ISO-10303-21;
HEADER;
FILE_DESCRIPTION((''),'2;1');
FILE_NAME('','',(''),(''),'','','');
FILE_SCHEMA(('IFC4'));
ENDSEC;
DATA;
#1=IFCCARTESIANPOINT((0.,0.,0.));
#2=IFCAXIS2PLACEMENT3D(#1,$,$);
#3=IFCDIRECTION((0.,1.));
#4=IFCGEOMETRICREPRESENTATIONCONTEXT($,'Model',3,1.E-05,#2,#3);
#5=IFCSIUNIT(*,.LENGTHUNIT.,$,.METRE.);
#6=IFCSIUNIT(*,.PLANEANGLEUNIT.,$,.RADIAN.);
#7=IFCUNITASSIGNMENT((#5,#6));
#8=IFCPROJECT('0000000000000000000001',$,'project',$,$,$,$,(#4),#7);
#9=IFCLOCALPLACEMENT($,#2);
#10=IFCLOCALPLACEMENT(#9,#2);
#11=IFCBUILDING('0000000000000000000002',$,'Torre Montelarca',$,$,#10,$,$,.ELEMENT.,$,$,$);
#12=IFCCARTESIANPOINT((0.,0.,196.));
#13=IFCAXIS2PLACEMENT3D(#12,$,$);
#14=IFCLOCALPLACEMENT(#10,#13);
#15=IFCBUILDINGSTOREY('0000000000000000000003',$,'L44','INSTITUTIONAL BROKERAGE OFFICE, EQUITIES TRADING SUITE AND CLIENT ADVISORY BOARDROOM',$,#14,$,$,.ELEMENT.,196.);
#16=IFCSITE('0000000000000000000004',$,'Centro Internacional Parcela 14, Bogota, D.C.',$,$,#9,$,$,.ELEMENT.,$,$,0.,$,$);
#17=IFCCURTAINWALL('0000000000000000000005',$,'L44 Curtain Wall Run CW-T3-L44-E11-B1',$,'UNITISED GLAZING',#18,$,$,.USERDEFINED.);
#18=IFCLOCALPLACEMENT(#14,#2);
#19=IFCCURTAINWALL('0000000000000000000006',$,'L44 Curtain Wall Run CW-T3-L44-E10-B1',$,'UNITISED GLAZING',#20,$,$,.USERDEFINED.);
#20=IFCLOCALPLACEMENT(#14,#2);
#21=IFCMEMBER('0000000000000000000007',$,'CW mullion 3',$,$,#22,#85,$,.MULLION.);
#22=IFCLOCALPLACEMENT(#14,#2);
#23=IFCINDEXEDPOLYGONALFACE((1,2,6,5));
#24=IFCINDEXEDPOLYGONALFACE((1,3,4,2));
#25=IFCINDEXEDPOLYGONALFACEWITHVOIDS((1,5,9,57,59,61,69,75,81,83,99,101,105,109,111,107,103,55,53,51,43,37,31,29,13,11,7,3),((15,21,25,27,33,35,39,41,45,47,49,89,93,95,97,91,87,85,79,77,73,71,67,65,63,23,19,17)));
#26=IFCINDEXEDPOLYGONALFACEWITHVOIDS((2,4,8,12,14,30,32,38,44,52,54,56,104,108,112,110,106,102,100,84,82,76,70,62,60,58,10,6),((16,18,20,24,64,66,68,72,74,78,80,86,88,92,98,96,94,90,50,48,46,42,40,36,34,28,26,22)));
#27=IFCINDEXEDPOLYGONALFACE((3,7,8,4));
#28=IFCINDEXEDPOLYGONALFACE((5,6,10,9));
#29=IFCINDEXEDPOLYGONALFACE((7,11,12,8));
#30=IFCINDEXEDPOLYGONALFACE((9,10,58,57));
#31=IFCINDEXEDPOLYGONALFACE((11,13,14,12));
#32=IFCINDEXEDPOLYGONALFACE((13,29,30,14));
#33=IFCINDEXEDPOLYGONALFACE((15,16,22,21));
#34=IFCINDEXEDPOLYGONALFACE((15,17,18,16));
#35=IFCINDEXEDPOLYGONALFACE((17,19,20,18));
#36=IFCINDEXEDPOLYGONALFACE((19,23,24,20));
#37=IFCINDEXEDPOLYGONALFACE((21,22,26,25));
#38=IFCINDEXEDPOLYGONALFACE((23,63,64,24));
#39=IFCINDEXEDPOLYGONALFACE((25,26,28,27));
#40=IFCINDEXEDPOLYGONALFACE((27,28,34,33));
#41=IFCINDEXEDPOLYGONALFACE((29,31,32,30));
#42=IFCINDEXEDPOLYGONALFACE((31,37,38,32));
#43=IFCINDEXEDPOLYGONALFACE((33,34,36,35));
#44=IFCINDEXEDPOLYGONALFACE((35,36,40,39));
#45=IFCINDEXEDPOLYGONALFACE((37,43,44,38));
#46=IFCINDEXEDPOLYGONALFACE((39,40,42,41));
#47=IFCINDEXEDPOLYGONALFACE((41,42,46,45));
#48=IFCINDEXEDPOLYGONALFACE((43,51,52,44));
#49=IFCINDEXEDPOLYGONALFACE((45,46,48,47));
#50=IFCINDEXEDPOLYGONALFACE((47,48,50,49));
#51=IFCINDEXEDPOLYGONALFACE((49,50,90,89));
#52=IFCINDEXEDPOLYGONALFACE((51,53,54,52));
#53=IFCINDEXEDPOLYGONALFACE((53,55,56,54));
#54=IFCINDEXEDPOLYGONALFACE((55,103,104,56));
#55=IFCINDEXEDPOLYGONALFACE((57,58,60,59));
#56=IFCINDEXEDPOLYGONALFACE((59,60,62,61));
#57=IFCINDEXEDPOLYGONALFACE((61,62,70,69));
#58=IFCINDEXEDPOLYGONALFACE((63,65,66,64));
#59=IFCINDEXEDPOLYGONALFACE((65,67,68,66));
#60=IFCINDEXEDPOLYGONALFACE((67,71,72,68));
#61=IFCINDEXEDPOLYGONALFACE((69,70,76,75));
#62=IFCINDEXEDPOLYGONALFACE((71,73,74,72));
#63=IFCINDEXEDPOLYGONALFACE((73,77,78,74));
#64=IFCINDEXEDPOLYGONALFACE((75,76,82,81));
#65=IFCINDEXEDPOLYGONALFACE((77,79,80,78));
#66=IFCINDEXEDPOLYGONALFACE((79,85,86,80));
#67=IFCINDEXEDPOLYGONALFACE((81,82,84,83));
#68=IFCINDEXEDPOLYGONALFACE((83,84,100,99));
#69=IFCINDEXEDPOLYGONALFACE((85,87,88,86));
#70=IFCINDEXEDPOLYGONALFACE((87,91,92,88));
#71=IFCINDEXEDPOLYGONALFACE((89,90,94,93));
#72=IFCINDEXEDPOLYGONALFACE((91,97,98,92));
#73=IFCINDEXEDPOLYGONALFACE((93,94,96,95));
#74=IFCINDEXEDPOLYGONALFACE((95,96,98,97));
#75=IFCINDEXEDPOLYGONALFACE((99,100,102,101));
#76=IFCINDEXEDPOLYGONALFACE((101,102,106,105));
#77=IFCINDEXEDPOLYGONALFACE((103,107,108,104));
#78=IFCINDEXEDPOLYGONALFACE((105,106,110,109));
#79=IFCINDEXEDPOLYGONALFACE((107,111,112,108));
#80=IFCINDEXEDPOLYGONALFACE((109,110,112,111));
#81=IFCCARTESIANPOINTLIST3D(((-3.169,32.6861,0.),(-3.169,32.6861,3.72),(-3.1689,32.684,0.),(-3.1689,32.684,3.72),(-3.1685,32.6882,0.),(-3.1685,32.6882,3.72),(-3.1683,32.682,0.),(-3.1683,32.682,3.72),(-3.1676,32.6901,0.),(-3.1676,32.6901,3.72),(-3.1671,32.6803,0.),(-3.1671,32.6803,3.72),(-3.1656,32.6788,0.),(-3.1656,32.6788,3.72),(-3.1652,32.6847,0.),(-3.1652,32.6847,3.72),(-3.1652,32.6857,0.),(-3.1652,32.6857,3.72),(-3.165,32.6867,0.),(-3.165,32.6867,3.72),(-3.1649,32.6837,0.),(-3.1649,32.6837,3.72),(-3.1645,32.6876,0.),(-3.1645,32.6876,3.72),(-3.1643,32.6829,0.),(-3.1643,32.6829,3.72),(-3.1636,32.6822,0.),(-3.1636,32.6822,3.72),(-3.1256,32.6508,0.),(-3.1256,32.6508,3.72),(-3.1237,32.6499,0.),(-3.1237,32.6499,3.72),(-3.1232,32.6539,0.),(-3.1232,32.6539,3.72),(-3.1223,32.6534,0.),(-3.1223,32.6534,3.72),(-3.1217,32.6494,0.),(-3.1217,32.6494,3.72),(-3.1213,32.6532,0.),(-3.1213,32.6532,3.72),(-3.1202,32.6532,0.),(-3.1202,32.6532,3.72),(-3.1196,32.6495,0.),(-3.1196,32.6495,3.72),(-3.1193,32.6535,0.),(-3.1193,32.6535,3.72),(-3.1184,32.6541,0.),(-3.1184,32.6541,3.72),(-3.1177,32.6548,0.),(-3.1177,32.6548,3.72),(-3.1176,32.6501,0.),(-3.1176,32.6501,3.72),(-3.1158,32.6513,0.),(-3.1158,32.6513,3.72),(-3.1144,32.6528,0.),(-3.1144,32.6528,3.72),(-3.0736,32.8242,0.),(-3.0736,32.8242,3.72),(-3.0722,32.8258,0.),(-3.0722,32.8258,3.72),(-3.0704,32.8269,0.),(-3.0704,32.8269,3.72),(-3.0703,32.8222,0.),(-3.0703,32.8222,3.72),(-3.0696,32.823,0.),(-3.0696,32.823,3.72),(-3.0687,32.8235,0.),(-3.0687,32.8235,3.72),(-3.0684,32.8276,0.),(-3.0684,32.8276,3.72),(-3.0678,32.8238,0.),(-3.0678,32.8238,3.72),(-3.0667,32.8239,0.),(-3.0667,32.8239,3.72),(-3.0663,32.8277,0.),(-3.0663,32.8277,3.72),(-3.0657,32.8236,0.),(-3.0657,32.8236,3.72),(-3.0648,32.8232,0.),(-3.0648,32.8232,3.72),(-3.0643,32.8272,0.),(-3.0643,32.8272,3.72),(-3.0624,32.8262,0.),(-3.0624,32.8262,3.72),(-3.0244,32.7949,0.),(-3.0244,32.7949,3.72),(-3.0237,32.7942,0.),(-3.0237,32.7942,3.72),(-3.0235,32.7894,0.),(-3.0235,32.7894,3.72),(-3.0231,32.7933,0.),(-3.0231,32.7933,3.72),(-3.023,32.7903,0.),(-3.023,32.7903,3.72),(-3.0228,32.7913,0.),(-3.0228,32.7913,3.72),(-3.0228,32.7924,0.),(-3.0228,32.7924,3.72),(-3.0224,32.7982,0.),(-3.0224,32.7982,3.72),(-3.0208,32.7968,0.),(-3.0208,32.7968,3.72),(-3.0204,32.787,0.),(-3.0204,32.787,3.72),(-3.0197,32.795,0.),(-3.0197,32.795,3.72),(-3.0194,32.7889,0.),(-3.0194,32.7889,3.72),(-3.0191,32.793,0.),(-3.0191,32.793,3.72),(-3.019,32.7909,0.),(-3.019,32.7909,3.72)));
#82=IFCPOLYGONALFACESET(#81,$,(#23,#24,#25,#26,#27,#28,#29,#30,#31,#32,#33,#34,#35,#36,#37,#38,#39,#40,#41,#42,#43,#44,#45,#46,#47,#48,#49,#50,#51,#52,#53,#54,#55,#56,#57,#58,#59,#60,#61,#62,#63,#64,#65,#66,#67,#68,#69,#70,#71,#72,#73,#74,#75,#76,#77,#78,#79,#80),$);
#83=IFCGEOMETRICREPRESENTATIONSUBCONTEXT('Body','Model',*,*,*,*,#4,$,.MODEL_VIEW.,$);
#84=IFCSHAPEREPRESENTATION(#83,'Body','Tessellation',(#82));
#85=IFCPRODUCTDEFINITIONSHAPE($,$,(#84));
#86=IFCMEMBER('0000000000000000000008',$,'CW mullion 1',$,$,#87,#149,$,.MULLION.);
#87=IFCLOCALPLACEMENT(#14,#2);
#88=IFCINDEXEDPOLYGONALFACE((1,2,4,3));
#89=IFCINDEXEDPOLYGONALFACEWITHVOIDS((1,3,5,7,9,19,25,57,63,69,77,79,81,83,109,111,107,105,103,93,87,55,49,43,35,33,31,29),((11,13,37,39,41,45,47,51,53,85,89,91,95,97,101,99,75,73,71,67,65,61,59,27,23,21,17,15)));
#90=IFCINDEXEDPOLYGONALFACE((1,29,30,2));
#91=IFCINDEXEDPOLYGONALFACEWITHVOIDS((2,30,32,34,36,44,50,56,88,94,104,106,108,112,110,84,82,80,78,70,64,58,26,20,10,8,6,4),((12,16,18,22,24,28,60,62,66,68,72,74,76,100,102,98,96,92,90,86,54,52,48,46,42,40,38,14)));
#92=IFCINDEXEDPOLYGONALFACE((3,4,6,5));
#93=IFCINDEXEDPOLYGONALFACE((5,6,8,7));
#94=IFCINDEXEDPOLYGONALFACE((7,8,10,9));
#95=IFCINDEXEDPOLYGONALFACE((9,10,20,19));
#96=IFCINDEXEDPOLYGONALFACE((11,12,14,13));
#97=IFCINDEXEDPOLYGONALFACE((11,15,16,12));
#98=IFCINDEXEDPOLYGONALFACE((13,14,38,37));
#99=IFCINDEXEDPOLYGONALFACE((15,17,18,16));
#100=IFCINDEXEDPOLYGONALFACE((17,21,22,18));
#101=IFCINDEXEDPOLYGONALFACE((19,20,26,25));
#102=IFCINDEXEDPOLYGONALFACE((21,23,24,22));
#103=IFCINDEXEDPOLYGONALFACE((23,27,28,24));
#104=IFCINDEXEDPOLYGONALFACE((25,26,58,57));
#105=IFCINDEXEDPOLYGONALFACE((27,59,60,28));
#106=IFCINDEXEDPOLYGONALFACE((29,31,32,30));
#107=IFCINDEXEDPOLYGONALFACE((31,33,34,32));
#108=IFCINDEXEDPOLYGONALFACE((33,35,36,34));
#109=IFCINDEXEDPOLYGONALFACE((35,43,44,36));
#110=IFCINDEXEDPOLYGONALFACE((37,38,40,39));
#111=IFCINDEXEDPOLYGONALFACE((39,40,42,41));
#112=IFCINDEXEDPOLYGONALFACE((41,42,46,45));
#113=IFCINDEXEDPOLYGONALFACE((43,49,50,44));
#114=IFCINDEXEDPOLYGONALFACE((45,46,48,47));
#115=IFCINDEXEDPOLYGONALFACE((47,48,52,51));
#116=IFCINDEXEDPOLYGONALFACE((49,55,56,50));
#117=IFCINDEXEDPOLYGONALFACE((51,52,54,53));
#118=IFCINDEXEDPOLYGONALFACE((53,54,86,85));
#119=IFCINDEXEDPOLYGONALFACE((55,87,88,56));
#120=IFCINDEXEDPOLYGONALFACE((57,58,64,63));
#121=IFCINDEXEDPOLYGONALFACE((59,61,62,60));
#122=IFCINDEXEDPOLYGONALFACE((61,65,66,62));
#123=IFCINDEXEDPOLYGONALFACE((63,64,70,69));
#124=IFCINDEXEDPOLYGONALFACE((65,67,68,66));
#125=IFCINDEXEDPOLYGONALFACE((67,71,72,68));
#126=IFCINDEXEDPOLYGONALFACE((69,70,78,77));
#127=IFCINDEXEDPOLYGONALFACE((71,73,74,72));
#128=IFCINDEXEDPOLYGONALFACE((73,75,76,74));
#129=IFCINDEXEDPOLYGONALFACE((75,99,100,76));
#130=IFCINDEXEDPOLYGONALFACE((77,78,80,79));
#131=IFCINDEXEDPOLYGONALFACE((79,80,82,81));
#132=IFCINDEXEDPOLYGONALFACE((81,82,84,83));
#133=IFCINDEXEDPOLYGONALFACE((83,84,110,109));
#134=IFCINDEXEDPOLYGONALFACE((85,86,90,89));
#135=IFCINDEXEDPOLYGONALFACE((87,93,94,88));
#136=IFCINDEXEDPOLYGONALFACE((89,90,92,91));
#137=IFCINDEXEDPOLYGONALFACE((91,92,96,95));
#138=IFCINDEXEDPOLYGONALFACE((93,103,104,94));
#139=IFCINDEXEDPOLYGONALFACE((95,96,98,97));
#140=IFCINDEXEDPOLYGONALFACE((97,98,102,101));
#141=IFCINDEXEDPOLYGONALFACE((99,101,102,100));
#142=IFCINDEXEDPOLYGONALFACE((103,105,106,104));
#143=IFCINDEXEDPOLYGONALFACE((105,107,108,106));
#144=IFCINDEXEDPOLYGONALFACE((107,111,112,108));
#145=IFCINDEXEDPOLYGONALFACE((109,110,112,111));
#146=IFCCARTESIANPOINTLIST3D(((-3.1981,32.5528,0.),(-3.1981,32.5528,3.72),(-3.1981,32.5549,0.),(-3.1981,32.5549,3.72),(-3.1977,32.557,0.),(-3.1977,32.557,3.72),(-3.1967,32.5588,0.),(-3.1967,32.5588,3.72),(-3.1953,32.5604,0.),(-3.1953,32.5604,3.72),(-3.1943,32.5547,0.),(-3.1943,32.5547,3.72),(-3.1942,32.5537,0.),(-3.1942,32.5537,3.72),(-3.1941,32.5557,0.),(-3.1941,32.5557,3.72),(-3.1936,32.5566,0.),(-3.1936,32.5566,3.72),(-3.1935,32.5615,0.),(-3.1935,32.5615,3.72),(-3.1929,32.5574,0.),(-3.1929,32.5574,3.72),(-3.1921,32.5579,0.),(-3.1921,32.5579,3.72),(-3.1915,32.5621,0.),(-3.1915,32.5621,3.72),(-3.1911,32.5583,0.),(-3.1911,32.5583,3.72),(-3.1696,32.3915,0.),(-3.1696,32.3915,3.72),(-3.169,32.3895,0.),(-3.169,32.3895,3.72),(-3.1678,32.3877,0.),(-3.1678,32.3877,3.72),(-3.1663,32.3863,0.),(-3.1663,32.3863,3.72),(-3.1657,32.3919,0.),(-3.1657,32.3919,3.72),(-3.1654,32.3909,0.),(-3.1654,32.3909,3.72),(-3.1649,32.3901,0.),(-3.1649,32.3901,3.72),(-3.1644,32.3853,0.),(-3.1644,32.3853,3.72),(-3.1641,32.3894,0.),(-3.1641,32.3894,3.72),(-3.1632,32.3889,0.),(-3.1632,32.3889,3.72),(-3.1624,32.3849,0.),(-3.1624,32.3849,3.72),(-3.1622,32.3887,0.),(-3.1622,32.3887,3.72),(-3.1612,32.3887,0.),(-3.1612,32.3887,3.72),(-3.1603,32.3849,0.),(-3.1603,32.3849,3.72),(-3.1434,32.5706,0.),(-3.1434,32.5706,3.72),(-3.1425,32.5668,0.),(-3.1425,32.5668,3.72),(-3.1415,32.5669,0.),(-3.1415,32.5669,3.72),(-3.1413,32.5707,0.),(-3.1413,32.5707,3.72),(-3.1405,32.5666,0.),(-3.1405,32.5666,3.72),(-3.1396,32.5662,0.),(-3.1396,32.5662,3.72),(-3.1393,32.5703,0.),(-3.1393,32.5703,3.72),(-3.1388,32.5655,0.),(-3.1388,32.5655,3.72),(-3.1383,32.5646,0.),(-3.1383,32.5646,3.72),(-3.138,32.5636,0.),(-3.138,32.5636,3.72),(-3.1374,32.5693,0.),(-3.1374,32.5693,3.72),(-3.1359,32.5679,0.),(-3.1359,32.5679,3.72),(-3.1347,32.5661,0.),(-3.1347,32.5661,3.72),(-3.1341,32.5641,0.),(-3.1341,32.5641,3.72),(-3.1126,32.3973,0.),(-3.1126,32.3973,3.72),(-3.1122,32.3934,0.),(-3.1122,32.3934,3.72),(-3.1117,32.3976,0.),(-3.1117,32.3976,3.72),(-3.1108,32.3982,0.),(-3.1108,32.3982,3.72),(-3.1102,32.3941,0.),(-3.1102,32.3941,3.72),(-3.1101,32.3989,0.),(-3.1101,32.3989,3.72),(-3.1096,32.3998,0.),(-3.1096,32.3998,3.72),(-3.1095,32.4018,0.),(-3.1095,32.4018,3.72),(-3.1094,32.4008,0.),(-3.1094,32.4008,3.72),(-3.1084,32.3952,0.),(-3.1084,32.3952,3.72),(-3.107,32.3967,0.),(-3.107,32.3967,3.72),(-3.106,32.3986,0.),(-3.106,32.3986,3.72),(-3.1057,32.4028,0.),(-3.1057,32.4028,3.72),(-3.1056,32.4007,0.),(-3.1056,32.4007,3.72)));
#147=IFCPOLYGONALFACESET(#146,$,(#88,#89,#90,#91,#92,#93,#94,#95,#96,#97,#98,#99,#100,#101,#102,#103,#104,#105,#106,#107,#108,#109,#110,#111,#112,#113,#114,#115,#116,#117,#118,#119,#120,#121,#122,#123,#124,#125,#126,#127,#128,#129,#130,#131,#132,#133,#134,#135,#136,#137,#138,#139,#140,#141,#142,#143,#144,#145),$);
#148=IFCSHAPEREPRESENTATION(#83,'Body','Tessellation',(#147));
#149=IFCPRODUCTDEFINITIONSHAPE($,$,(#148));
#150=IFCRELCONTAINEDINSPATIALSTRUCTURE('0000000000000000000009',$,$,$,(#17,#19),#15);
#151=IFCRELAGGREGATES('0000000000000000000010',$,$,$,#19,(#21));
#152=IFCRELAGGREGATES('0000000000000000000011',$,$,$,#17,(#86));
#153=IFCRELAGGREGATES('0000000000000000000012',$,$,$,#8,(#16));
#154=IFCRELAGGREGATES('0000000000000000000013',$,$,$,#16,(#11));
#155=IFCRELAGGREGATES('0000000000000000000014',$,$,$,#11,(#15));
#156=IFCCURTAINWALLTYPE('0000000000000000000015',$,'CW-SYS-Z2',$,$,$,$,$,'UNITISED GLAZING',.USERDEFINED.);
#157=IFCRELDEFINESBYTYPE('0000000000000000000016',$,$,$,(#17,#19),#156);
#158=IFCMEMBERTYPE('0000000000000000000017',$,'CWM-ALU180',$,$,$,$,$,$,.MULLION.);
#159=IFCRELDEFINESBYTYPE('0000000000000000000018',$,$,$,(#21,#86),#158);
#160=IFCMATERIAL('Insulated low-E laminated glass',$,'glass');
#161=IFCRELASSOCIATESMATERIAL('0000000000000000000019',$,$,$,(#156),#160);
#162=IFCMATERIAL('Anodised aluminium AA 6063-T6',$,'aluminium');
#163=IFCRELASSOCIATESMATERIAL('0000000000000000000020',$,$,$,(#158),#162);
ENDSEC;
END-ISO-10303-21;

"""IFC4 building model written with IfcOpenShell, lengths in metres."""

from ifc_helpers import new_model, si_unit, direction, frame, origin, origin_2d, place, context, subcontext, project, spatial, hollow_rectangle, extrude, source, transform, mapped, material, material_profile, profile_set, type_object, element, aggregate, save


model = new_model("IFC4")

# Units and contexts
model_context = context("Model", 3, precision=1e-05, world=origin(), true_north=direction((0.0, 1.0)))
body_context = subcontext(model_context, "Body", "Model", "MODEL_VIEW")
ifc_project = project(units=[si_unit("LENGTHUNIT", "METRE"), si_unit("PLANEANGLEUNIT", "RADIAN")], contexts=[model_context])

# Site, building, storey
site_placement = place(None, origin())
site = spatial("IfcSite", under=ifc_project, at=site_placement, Name="Centro Internacional Parcela 14, Bogota, D.C.", CompositionType="ELEMENT", RefElevation=0.0)
building_placement = place(site_placement, origin())
building = spatial("IfcBuilding", under=site, at=building_placement, Name="Torre Montelarca", CompositionType="ELEMENT")
storey_placement = place(building_placement, frame((0.0, 0.0, 196.0)))
storey = spatial("IfcBuildingStorey", under=building, at=storey_placement, Name="L44", Description="INSTITUTIONAL BROKERAGE OFFICE, EQUITIES TRADING SUITE AND CLIENT ADVISORY BOARDROOM", CompositionType="ELEMENT", Elevation=196.0)

# Curtain wall
ifc_material_1 = material(Name="Insulated low-E laminated glass", Category="glass")
curtain_wall_type = type_object("IfcCurtainWallType", Name="CW-SYS-Z2", ElementType="UNITISED GLAZING", PredefinedType="USERDEFINED", material=ifc_material_1)
curtain_wall_1_placement = place(storey_placement, origin())
curtain_wall_1 = element("IfcCurtainWall", 1, at=curtain_wall_1_placement, inside=storey, type_object=curtain_wall_type, Name="L44 Curtain Wall Run CW-T3-L44-E11-B1", ObjectType="UNITISED GLAZING", PredefinedType="USERDEFINED")
ifc_material_2 = material(Name="Anodised aluminium AA 6063-T6", Category="aluminium")

# Curtain wall, member
curtain_wall_2_placement = place(storey_placement, origin())
curtain_wall_2 = element("IfcCurtainWall", 2, at=curtain_wall_2_placement, inside=storey, type_object=curtain_wall_type, Name="L44 Curtain Wall Run CW-T3-L44-E10-B1", ObjectType="UNITISED GLAZING", PredefinedType="USERDEFINED")
ifc_material_profile_1 = material_profile(ifc_material_2, hollow_rectangle(XDim=0.0649, YDim=0.1799, WallThickness=0.0039, InnerFilletRadius=0.0039, OuterFilletRadius=0.0081, at=origin_2d()), Name="ALU65X180X4", Category="aluminium")
ifc_profile_set_1 = profile_set([ifc_material_profile_1], Name="Anodised aluminium AA 6063-T6")
member_type_1 = type_object("IfcMemberType", Name="CWM-ALU180", PredefinedType="MULLION", material=ifc_profile_set_1)
shared_shape_1 = source(origin(), body_context, "Body", "SweptSolid", [
    extrude(hollow_rectangle(XDim=0.0649, YDim=0.1799, WallThickness=0.0039, InnerFilletRadius=0.0039, OuterFilletRadius=0.0081, at=origin_2d()), origin(), (0.0, 0.0, 1.0), 3.72),
])
member_1_placement = place(storey_placement, frame((-3.094, 32.7385, 0.0), z_axis=(0.0, 0.0, 1.0), x_axis=(0.819158, -0.573569, 0.0)))
member_1 = element("IfcMember", 3, at=member_1_placement, type_object=member_type_1, Name="CW mullion 3", PredefinedType="MULLION", context=body_context, shape_type="MappedRepresentation", body=[
    mapped(shared_shape_1, transform((0.0, 0.0, 0.0), scale=1.0)),
])
aggregate(curtain_wall_2, [member_1])

# Member
member_2_placement = place(storey_placement, frame((-3.1519, 32.4778, 0.0), z_axis=(0.0, 0.0, 1.0), x_axis=(0.984813, 0.173621, 0.0)))
member_2 = element("IfcMember", 4, at=member_2_placement, type_object=member_type_1, Name="CW mullion 1", PredefinedType="MULLION", context=body_context, shape_type="MappedRepresentation", body=[
    mapped(shared_shape_1, transform((0.0, 0.0, 0.0), scale=1.0)),
])

aggregate(curtain_wall_1, [member_2])

save(model, "model.ifc")
